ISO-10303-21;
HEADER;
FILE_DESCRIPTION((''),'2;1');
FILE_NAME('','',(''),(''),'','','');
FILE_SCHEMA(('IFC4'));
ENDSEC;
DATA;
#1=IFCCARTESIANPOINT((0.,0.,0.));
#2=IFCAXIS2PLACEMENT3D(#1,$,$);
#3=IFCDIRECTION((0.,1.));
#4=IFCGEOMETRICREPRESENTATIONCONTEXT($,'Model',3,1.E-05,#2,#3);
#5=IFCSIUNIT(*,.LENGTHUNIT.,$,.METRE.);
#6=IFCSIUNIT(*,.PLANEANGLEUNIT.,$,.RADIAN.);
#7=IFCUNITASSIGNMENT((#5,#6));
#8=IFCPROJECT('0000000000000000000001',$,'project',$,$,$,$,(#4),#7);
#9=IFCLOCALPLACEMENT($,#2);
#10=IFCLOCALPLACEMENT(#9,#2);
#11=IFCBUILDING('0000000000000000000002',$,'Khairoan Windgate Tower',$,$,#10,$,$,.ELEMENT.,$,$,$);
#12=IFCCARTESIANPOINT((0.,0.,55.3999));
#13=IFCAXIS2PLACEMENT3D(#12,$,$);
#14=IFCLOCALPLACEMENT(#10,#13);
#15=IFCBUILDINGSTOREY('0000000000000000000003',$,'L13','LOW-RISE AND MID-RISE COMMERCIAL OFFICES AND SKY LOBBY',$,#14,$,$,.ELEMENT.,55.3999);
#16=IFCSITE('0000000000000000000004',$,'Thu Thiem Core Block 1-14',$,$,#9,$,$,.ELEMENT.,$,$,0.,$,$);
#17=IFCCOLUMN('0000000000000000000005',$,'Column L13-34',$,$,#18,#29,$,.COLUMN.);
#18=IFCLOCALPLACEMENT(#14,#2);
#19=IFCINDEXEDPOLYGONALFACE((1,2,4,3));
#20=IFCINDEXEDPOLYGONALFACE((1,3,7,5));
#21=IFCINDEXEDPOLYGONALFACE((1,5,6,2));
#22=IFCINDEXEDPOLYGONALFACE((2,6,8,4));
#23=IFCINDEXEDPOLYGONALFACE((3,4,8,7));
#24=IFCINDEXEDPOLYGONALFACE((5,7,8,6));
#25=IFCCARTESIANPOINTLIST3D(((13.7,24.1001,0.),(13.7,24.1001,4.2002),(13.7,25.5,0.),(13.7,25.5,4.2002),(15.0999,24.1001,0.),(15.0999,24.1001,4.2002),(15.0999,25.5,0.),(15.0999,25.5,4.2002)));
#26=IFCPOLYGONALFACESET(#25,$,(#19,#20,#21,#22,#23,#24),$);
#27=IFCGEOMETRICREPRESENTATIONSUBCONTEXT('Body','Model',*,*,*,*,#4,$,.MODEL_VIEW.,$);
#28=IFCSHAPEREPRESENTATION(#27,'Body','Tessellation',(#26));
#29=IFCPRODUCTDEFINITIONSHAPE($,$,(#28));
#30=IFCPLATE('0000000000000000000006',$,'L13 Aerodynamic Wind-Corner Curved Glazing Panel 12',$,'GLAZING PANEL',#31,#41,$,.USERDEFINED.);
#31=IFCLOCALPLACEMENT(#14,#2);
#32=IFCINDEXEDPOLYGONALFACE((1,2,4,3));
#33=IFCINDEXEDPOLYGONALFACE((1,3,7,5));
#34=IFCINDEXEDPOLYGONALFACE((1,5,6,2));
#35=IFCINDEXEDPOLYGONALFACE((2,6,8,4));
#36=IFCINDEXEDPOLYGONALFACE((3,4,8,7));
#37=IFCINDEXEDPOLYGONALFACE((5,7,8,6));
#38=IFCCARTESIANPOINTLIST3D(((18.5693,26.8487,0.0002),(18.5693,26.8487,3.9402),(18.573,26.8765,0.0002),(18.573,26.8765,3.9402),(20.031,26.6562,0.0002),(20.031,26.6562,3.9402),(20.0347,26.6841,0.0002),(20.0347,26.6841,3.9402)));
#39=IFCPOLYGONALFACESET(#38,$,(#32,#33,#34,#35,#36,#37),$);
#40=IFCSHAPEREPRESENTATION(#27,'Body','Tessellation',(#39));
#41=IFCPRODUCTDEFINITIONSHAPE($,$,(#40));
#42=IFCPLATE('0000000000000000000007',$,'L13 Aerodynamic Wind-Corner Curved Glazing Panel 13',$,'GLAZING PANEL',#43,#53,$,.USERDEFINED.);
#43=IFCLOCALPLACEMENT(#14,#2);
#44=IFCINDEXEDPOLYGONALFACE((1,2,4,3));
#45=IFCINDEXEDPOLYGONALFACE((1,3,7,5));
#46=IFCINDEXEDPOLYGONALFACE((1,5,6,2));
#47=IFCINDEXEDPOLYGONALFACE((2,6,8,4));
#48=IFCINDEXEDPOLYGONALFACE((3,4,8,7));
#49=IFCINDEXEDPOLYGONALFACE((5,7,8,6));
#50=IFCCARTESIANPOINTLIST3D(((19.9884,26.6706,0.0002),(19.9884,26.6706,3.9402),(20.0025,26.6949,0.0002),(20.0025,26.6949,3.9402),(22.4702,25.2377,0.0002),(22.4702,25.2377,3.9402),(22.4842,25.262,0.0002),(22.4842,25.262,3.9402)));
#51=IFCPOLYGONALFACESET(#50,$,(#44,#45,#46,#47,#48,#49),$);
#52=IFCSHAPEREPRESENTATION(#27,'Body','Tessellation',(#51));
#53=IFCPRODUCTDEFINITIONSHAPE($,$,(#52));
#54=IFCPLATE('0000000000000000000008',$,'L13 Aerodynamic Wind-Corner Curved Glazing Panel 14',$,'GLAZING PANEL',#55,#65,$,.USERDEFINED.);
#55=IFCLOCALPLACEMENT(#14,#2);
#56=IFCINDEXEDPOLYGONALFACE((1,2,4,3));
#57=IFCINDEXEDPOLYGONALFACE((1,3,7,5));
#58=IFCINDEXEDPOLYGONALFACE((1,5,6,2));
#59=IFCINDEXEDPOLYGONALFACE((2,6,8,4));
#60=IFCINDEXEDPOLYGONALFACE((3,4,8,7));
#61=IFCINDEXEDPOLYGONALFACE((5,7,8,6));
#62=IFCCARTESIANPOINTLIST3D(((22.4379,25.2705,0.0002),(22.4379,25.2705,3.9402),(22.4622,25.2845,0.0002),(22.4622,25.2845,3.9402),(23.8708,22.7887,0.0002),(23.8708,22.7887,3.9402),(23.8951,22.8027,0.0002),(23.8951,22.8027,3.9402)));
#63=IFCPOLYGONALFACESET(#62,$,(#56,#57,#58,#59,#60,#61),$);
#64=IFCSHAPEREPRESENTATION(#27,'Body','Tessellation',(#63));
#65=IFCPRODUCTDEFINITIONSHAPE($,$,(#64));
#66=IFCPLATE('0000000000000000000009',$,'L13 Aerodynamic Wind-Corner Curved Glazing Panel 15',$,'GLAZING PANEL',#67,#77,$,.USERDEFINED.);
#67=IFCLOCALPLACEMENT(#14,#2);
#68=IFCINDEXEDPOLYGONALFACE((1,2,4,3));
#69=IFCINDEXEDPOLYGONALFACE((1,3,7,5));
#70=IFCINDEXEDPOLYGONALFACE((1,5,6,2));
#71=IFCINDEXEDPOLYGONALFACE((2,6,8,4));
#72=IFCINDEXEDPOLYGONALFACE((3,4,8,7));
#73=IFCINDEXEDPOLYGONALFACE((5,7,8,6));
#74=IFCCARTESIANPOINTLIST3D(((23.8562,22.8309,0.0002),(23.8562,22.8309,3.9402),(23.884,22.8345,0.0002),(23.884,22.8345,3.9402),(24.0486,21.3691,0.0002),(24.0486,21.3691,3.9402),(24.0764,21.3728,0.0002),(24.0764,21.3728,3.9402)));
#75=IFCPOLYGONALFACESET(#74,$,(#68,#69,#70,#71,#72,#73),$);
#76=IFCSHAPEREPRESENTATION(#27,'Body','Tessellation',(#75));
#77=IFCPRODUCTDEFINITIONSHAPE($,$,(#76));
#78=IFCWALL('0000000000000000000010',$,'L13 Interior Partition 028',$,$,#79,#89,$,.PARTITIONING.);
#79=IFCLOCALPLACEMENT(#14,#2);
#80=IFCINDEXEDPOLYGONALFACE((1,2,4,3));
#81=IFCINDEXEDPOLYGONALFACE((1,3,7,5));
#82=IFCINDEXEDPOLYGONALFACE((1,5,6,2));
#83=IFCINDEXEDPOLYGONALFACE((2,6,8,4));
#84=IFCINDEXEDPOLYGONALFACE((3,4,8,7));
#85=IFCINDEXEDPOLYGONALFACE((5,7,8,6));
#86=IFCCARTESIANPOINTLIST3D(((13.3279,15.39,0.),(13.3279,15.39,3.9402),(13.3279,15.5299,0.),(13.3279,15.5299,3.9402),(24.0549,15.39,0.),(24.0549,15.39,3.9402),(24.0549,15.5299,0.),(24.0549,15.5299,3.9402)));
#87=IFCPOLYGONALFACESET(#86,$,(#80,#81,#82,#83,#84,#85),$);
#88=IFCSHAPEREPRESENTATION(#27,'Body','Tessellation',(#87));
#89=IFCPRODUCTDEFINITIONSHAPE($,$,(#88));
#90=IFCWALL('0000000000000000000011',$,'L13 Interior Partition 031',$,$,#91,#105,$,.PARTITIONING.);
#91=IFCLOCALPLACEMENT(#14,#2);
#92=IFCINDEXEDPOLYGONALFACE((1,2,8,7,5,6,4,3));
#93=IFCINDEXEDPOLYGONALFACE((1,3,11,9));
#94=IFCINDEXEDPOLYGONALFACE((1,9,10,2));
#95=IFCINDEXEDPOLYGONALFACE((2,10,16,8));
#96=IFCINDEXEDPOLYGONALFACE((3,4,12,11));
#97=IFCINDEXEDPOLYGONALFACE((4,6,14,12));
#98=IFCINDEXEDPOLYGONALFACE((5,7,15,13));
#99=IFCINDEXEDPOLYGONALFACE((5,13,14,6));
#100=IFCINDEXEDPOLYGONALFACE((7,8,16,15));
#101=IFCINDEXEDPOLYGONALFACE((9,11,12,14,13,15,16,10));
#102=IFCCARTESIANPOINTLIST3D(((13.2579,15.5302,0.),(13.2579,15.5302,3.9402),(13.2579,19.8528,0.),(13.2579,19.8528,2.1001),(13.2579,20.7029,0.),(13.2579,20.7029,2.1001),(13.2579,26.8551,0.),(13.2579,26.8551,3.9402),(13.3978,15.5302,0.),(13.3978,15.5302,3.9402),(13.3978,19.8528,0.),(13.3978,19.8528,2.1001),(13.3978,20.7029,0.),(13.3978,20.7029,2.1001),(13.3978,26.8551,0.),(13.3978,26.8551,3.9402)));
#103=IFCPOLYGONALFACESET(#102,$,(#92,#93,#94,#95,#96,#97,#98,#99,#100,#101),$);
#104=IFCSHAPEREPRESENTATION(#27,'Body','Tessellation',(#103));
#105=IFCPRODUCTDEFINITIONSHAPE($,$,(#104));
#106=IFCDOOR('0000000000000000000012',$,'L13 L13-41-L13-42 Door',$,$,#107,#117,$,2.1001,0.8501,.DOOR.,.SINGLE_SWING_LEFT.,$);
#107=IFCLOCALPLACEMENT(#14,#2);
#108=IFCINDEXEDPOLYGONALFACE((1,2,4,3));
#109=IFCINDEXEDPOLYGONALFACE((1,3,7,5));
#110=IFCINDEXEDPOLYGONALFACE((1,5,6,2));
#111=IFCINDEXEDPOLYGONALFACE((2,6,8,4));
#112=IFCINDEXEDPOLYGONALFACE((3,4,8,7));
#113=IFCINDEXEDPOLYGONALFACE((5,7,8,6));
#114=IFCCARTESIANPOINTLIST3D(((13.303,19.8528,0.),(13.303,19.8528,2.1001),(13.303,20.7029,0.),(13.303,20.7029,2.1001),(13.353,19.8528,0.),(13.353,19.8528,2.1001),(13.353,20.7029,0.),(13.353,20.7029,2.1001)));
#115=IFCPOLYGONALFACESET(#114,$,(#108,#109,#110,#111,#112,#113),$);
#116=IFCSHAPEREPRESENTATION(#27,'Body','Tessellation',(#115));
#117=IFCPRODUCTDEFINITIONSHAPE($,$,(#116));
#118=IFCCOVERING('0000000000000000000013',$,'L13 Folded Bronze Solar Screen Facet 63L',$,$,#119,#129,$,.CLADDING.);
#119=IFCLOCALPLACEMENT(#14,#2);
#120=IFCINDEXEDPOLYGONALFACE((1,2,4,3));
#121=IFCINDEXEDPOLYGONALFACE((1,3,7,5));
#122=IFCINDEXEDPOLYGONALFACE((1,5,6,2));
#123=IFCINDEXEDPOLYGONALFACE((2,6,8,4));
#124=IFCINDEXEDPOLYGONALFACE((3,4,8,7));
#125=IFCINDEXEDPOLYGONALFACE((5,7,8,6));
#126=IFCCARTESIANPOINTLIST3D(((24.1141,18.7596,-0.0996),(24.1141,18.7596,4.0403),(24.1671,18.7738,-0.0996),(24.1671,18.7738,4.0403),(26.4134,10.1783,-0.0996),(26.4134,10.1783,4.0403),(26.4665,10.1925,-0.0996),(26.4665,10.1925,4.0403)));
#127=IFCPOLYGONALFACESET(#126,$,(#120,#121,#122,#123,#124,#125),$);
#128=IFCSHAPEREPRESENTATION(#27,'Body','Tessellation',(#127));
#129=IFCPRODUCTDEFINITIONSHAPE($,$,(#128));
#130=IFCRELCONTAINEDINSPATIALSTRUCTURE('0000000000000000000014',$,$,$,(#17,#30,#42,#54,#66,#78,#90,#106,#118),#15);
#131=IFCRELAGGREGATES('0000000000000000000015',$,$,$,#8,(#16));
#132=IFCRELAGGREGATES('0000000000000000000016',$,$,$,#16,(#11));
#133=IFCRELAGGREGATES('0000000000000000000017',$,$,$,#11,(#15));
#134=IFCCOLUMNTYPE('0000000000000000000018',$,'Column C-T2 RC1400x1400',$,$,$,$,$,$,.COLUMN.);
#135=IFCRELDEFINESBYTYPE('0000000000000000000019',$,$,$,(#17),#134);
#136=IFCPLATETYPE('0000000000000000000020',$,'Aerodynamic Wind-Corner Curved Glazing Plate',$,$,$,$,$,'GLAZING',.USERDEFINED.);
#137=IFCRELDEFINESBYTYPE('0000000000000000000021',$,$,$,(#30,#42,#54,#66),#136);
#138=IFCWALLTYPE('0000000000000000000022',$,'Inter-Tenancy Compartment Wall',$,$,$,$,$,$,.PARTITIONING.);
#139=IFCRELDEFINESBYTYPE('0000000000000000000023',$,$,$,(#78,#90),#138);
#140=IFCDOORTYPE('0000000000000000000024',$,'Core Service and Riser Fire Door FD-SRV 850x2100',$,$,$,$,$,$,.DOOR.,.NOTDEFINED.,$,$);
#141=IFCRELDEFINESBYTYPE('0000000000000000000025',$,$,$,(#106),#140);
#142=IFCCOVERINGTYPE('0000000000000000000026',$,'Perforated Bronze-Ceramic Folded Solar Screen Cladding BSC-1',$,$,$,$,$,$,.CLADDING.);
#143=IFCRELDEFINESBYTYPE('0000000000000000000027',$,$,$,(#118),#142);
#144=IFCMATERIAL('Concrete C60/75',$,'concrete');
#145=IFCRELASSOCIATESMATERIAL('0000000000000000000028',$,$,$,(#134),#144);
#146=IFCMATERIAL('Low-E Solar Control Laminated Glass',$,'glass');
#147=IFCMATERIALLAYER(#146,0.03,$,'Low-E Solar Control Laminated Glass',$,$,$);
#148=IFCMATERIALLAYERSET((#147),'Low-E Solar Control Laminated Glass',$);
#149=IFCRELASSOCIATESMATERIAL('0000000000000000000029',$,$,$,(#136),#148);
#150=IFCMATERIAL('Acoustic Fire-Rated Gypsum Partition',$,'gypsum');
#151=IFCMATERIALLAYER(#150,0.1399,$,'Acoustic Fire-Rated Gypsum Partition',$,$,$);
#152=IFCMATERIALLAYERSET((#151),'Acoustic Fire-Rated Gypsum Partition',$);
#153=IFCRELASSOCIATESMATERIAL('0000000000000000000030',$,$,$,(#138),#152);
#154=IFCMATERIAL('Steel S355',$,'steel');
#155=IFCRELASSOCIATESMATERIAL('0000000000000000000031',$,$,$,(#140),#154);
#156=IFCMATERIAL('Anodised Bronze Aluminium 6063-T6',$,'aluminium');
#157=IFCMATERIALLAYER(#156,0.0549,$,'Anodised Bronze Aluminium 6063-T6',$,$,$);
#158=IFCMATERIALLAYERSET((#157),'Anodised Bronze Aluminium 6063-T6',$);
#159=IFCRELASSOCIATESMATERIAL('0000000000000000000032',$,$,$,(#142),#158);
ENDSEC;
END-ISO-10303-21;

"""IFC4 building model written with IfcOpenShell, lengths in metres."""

from ifc_helpers import new_model, si_unit, direction, frame, frame_2d, origin, origin_2d, place, context, subcontext, project, spatial, rectangle, extrude, material, layer, layer_set, material_profile, profile_set, type_object, element, fill, save


model = new_model("IFC4")

# Units and contexts
model_context = context("Model", 3, precision=1e-05, world=origin(), true_north=direction((0.0, 1.0)))
body_context = subcontext(model_context, "Body", "Model", "MODEL_VIEW")
ifc_project = project(units=[si_unit("LENGTHUNIT", "METRE"), si_unit("PLANEANGLEUNIT", "RADIAN")], contexts=[model_context])

# Site, building, storey
site_placement = place(None, origin())
site = spatial("IfcSite", under=ifc_project, at=site_placement, Name="Thu Thiem Core Block 1-14", CompositionType="ELEMENT", RefElevation=0.0)
building_placement = place(site_placement, origin())
building = spatial("IfcBuilding", under=site, at=building_placement, Name="Khairoan Windgate Tower", CompositionType="ELEMENT")
storey_placement = place(building_placement, frame((0.0, 0.0, 55.3999)))
storey = spatial("IfcBuildingStorey", under=building, at=storey_placement, Name="L13", Description="LOW-RISE AND MID-RISE COMMERCIAL OFFICES AND SKY LOBBY", CompositionType="ELEMENT", Elevation=55.3999)

# Column
ifc_material_1 = material(Name="Concrete C60/75", Category="concrete")
ifc_material_profile_1 = material_profile(ifc_material_1, rectangle(XDim=1.3999, YDim=1.3999, at=origin_2d()))
ifc_profile_set_1 = profile_set([ifc_material_profile_1], Name="Concrete C60/75")
column_type = type_object("IfcColumnType", Name="Column C-T2 RC1400x1400", PredefinedType="COLUMN", material=ifc_profile_set_1)
column_placement = place(storey_placement, frame((14.3999, 24.8, 0.0), z_axis=(0.0, 0.0, 1.0), x_axis=(1.0, 0.0, 0.0)))
element("IfcColumn", 1, at=column_placement, inside=storey, type_object=column_type, Name="Column L13-34", PredefinedType="COLUMN", context=body_context, shape_type="SweptSolid", body=[
    extrude(rectangle(XDim=1.3999, YDim=1.3999, at=origin_2d()), origin(), (0.0, 0.0, 1.0), 4.2002),
])

# Plates
ifc_material_2 = material(Name="Low-E Solar Control Laminated Glass", Category="glass")
ifc_layer_1 = layer(ifc_material_2, 0.03, Name="Low-E Solar Control Laminated Glass")
ifc_layer_set_1 = layer_set([ifc_layer_1], Name="Low-E Solar Control Laminated Glass")
plate_type_1 = type_object("IfcPlateType", Name="Aerodynamic Wind-Corner Curved Glazing Plate", ElementType="GLAZING", PredefinedType="USERDEFINED", material=ifc_layer_set_1)
plate_1_placement = place(storey_placement, frame((19.302, 26.7664, 0.0002), z_axis=(0.0, 0.0, 1.0), x_axis=(0.991445, -0.130526, 0.0)))
element("IfcPlate", 2, at=plate_1_placement, inside=storey, type_object=plate_type_1, Name="L13 Aerodynamic Wind-Corner Curved Glazing Panel 12", ObjectType="GLAZING PANEL", PredefinedType="USERDEFINED", context=body_context, shape_type="SweptSolid", body=[
    extrude(rectangle(XDim=1.4744, YDim=0.0281, at=origin_2d()), origin(), (0.0, 0.0, 1.0), 3.9399),
])
for number, where, z_axis, x_axis, name in (
    (3, (21.2363, 25.9663, 0.0002), (0.0, 0.0, 1.0), (0.866025, -0.5, 0.0), "L13 Aerodynamic Wind-Corner Curved Glazing Panel 13"),
    (4, (23.1665, 24.0366, 0.0002), (0.0, 0.0, 1.0), (0.5, -0.866025, 0.0), "L13 Aerodynamic Wind-Corner Curved Glazing Panel 14"),
):
    element("IfcPlate", number, at=place(storey_placement, frame(where, z_axis=z_axis, x_axis=x_axis)), inside=storey, type_object=plate_type_1, Name=name, ObjectType="GLAZING PANEL", PredefinedType="USERDEFINED", context=body_context, shape_type="SweptSolid", body=[
        extrude(rectangle(XDim=2.8657, YDim=0.0281, at=origin_2d()), origin(), (0.0, 0.0, 1.0), 3.9399),
    ])
plate_2_placement = place(storey_placement, frame((23.9663, 22.1018, 0.0002), z_axis=(0.0, 0.0, 1.0), x_axis=(0.130526, -0.991445, 0.0)))
element("IfcPlate", 5, at=plate_2_placement, inside=storey, type_object=plate_type_1, Name="L13 Aerodynamic Wind-Corner Curved Glazing Panel 15", ObjectType="GLAZING PANEL", PredefinedType="USERDEFINED", context=body_context, shape_type="SweptSolid", body=[
    extrude(rectangle(XDim=1.4744, YDim=0.0281, at=origin_2d()), origin(), (0.0, 0.0, 1.0), 3.9399),
])

# Wall
ifc_material_3 = material(Name="Acoustic Fire-Rated Gypsum Partition", Category="gypsum")
ifc_layer_2 = layer(ifc_material_3, 0.1399, Name="Acoustic Fire-Rated Gypsum Partition")
ifc_layer_set_2 = layer_set([ifc_layer_2], Name="Acoustic Fire-Rated Gypsum Partition")
wall_type = type_object("IfcWallType", Name="Inter-Tenancy Compartment Wall", PredefinedType="PARTITIONING", material=ifc_layer_set_2)
wall_1_placement = place(storey_placement, frame((13.3279, 15.46, 0.0), z_axis=(0.0, 0.0, 1.0), x_axis=(1.0, 0.0, 0.0)))
element("IfcWall", 6, at=wall_1_placement, inside=storey, type_object=wall_type, Name="L13 Interior Partition 028", PredefinedType="PARTITIONING", context=body_context, shape_type="SweptSolid", body=[
    extrude(rectangle(XDim=10.7271, YDim=0.1399, at=frame_2d((5.3635, 0.0))), origin(), (0.0, 0.0, 1.0), 3.9402),
])

# Wall, opening, door
wall_2_placement = place(storey_placement, frame((13.3279, 15.53, 0.0), z_axis=(0.0, 0.0, 1.0), x_axis=(0.0, 1.0, 0.0)))
wall_2 = element("IfcWall", 7, at=wall_2_placement, inside=storey, type_object=wall_type, Name="L13 Interior Partition 031", PredefinedType="PARTITIONING", context=body_context, shape_type="SweptSolid", body=[
    extrude(rectangle(XDim=11.325, YDim=0.1399, at=frame_2d((5.6626, 0.0))), origin(), (0.0, 0.0, 1.0), 3.9402),
])
opening_placement = place(wall_2_placement, frame((4.3228, 0.0, 0.0)))
opening = element("IfcOpeningElement", 8, at=opening_placement, cuts=wall_2, PredefinedType="OPENING", context=body_context, shape_type="SweptSolid", body=[
    extrude(rectangle(XDim=0.8501, YDim=2.1001, at=frame_2d((0.425, 1.05))), frame((0.0, 0.0798, 0.0), z_axis=(0.0, -1.0, 0.0), x_axis=(1.0, 0.0, 0.0)), (0.0, 0.0, 1.0), 0.1599),
])
ifc_material_4 = material(Name="Steel S355", Category="steel")
door_type = type_object("IfcDoorType", Name="Core Service and Riser Fire Door FD-SRV 850x2100", OperationType="NOTDEFINED", PredefinedType="DOOR", material=ifc_material_4)
door_placement = place(opening_placement, origin())
door = element("IfcDoor", 9, at=door_placement, inside=storey, type_object=door_type, Name="L13 L13-41-L13-42 Door", OperationType="SINGLE_SWING_LEFT", OverallHeight=2.1001, OverallWidth=0.8501, PredefinedType="DOOR", context=body_context, shape_type="SweptSolid", body=[
    extrude(rectangle(XDim=0.8501, YDim=2.1001, at=frame_2d((0.425, 1.05))), frame((0.0, 0.0249, 0.0), z_axis=(0.0, -1.0, 0.0), x_axis=(1.0, 0.0, 0.0)), (0.0, 0.0, 1.0), 0.05),
])
fill(opening, door)

# Covering
ifc_material_5 = material(Name="Anodised Bronze Aluminium 6063-T6", Category="aluminium")
ifc_layer_3 = layer(ifc_material_5, 0.0549, Name="Anodised Bronze Aluminium 6063-T6")
ifc_layer_set_3 = layer_set([ifc_layer_3], Name="Anodised Bronze Aluminium 6063-T6")
covering_type = type_object("IfcCoveringType", Name="Perforated Bronze-Ceramic Folded Solar Screen Cladding BSC-1", PredefinedType="CLADDING", material=ifc_layer_set_3)
covering_placement = place(storey_placement, frame((25.2903, 14.4761, -0.0996), z_axis=(0.0, 0.0, 1.0), x_axis=(0.258819, -0.965926, 0.0)))
element("IfcCovering", 10, at=covering_placement, inside=storey, type_object=covering_type, Name="L13 Folded Bronze Solar Screen Facet 63L", PredefinedType="CLADDING", context=body_context, shape_type="SweptSolid", body=[
    extrude(rectangle(XDim=8.884, YDim=0.0549, at=origin_2d()), origin(), (0.0, 0.0, 1.0), 4.1399),
])

save(model, "model.ifc")
